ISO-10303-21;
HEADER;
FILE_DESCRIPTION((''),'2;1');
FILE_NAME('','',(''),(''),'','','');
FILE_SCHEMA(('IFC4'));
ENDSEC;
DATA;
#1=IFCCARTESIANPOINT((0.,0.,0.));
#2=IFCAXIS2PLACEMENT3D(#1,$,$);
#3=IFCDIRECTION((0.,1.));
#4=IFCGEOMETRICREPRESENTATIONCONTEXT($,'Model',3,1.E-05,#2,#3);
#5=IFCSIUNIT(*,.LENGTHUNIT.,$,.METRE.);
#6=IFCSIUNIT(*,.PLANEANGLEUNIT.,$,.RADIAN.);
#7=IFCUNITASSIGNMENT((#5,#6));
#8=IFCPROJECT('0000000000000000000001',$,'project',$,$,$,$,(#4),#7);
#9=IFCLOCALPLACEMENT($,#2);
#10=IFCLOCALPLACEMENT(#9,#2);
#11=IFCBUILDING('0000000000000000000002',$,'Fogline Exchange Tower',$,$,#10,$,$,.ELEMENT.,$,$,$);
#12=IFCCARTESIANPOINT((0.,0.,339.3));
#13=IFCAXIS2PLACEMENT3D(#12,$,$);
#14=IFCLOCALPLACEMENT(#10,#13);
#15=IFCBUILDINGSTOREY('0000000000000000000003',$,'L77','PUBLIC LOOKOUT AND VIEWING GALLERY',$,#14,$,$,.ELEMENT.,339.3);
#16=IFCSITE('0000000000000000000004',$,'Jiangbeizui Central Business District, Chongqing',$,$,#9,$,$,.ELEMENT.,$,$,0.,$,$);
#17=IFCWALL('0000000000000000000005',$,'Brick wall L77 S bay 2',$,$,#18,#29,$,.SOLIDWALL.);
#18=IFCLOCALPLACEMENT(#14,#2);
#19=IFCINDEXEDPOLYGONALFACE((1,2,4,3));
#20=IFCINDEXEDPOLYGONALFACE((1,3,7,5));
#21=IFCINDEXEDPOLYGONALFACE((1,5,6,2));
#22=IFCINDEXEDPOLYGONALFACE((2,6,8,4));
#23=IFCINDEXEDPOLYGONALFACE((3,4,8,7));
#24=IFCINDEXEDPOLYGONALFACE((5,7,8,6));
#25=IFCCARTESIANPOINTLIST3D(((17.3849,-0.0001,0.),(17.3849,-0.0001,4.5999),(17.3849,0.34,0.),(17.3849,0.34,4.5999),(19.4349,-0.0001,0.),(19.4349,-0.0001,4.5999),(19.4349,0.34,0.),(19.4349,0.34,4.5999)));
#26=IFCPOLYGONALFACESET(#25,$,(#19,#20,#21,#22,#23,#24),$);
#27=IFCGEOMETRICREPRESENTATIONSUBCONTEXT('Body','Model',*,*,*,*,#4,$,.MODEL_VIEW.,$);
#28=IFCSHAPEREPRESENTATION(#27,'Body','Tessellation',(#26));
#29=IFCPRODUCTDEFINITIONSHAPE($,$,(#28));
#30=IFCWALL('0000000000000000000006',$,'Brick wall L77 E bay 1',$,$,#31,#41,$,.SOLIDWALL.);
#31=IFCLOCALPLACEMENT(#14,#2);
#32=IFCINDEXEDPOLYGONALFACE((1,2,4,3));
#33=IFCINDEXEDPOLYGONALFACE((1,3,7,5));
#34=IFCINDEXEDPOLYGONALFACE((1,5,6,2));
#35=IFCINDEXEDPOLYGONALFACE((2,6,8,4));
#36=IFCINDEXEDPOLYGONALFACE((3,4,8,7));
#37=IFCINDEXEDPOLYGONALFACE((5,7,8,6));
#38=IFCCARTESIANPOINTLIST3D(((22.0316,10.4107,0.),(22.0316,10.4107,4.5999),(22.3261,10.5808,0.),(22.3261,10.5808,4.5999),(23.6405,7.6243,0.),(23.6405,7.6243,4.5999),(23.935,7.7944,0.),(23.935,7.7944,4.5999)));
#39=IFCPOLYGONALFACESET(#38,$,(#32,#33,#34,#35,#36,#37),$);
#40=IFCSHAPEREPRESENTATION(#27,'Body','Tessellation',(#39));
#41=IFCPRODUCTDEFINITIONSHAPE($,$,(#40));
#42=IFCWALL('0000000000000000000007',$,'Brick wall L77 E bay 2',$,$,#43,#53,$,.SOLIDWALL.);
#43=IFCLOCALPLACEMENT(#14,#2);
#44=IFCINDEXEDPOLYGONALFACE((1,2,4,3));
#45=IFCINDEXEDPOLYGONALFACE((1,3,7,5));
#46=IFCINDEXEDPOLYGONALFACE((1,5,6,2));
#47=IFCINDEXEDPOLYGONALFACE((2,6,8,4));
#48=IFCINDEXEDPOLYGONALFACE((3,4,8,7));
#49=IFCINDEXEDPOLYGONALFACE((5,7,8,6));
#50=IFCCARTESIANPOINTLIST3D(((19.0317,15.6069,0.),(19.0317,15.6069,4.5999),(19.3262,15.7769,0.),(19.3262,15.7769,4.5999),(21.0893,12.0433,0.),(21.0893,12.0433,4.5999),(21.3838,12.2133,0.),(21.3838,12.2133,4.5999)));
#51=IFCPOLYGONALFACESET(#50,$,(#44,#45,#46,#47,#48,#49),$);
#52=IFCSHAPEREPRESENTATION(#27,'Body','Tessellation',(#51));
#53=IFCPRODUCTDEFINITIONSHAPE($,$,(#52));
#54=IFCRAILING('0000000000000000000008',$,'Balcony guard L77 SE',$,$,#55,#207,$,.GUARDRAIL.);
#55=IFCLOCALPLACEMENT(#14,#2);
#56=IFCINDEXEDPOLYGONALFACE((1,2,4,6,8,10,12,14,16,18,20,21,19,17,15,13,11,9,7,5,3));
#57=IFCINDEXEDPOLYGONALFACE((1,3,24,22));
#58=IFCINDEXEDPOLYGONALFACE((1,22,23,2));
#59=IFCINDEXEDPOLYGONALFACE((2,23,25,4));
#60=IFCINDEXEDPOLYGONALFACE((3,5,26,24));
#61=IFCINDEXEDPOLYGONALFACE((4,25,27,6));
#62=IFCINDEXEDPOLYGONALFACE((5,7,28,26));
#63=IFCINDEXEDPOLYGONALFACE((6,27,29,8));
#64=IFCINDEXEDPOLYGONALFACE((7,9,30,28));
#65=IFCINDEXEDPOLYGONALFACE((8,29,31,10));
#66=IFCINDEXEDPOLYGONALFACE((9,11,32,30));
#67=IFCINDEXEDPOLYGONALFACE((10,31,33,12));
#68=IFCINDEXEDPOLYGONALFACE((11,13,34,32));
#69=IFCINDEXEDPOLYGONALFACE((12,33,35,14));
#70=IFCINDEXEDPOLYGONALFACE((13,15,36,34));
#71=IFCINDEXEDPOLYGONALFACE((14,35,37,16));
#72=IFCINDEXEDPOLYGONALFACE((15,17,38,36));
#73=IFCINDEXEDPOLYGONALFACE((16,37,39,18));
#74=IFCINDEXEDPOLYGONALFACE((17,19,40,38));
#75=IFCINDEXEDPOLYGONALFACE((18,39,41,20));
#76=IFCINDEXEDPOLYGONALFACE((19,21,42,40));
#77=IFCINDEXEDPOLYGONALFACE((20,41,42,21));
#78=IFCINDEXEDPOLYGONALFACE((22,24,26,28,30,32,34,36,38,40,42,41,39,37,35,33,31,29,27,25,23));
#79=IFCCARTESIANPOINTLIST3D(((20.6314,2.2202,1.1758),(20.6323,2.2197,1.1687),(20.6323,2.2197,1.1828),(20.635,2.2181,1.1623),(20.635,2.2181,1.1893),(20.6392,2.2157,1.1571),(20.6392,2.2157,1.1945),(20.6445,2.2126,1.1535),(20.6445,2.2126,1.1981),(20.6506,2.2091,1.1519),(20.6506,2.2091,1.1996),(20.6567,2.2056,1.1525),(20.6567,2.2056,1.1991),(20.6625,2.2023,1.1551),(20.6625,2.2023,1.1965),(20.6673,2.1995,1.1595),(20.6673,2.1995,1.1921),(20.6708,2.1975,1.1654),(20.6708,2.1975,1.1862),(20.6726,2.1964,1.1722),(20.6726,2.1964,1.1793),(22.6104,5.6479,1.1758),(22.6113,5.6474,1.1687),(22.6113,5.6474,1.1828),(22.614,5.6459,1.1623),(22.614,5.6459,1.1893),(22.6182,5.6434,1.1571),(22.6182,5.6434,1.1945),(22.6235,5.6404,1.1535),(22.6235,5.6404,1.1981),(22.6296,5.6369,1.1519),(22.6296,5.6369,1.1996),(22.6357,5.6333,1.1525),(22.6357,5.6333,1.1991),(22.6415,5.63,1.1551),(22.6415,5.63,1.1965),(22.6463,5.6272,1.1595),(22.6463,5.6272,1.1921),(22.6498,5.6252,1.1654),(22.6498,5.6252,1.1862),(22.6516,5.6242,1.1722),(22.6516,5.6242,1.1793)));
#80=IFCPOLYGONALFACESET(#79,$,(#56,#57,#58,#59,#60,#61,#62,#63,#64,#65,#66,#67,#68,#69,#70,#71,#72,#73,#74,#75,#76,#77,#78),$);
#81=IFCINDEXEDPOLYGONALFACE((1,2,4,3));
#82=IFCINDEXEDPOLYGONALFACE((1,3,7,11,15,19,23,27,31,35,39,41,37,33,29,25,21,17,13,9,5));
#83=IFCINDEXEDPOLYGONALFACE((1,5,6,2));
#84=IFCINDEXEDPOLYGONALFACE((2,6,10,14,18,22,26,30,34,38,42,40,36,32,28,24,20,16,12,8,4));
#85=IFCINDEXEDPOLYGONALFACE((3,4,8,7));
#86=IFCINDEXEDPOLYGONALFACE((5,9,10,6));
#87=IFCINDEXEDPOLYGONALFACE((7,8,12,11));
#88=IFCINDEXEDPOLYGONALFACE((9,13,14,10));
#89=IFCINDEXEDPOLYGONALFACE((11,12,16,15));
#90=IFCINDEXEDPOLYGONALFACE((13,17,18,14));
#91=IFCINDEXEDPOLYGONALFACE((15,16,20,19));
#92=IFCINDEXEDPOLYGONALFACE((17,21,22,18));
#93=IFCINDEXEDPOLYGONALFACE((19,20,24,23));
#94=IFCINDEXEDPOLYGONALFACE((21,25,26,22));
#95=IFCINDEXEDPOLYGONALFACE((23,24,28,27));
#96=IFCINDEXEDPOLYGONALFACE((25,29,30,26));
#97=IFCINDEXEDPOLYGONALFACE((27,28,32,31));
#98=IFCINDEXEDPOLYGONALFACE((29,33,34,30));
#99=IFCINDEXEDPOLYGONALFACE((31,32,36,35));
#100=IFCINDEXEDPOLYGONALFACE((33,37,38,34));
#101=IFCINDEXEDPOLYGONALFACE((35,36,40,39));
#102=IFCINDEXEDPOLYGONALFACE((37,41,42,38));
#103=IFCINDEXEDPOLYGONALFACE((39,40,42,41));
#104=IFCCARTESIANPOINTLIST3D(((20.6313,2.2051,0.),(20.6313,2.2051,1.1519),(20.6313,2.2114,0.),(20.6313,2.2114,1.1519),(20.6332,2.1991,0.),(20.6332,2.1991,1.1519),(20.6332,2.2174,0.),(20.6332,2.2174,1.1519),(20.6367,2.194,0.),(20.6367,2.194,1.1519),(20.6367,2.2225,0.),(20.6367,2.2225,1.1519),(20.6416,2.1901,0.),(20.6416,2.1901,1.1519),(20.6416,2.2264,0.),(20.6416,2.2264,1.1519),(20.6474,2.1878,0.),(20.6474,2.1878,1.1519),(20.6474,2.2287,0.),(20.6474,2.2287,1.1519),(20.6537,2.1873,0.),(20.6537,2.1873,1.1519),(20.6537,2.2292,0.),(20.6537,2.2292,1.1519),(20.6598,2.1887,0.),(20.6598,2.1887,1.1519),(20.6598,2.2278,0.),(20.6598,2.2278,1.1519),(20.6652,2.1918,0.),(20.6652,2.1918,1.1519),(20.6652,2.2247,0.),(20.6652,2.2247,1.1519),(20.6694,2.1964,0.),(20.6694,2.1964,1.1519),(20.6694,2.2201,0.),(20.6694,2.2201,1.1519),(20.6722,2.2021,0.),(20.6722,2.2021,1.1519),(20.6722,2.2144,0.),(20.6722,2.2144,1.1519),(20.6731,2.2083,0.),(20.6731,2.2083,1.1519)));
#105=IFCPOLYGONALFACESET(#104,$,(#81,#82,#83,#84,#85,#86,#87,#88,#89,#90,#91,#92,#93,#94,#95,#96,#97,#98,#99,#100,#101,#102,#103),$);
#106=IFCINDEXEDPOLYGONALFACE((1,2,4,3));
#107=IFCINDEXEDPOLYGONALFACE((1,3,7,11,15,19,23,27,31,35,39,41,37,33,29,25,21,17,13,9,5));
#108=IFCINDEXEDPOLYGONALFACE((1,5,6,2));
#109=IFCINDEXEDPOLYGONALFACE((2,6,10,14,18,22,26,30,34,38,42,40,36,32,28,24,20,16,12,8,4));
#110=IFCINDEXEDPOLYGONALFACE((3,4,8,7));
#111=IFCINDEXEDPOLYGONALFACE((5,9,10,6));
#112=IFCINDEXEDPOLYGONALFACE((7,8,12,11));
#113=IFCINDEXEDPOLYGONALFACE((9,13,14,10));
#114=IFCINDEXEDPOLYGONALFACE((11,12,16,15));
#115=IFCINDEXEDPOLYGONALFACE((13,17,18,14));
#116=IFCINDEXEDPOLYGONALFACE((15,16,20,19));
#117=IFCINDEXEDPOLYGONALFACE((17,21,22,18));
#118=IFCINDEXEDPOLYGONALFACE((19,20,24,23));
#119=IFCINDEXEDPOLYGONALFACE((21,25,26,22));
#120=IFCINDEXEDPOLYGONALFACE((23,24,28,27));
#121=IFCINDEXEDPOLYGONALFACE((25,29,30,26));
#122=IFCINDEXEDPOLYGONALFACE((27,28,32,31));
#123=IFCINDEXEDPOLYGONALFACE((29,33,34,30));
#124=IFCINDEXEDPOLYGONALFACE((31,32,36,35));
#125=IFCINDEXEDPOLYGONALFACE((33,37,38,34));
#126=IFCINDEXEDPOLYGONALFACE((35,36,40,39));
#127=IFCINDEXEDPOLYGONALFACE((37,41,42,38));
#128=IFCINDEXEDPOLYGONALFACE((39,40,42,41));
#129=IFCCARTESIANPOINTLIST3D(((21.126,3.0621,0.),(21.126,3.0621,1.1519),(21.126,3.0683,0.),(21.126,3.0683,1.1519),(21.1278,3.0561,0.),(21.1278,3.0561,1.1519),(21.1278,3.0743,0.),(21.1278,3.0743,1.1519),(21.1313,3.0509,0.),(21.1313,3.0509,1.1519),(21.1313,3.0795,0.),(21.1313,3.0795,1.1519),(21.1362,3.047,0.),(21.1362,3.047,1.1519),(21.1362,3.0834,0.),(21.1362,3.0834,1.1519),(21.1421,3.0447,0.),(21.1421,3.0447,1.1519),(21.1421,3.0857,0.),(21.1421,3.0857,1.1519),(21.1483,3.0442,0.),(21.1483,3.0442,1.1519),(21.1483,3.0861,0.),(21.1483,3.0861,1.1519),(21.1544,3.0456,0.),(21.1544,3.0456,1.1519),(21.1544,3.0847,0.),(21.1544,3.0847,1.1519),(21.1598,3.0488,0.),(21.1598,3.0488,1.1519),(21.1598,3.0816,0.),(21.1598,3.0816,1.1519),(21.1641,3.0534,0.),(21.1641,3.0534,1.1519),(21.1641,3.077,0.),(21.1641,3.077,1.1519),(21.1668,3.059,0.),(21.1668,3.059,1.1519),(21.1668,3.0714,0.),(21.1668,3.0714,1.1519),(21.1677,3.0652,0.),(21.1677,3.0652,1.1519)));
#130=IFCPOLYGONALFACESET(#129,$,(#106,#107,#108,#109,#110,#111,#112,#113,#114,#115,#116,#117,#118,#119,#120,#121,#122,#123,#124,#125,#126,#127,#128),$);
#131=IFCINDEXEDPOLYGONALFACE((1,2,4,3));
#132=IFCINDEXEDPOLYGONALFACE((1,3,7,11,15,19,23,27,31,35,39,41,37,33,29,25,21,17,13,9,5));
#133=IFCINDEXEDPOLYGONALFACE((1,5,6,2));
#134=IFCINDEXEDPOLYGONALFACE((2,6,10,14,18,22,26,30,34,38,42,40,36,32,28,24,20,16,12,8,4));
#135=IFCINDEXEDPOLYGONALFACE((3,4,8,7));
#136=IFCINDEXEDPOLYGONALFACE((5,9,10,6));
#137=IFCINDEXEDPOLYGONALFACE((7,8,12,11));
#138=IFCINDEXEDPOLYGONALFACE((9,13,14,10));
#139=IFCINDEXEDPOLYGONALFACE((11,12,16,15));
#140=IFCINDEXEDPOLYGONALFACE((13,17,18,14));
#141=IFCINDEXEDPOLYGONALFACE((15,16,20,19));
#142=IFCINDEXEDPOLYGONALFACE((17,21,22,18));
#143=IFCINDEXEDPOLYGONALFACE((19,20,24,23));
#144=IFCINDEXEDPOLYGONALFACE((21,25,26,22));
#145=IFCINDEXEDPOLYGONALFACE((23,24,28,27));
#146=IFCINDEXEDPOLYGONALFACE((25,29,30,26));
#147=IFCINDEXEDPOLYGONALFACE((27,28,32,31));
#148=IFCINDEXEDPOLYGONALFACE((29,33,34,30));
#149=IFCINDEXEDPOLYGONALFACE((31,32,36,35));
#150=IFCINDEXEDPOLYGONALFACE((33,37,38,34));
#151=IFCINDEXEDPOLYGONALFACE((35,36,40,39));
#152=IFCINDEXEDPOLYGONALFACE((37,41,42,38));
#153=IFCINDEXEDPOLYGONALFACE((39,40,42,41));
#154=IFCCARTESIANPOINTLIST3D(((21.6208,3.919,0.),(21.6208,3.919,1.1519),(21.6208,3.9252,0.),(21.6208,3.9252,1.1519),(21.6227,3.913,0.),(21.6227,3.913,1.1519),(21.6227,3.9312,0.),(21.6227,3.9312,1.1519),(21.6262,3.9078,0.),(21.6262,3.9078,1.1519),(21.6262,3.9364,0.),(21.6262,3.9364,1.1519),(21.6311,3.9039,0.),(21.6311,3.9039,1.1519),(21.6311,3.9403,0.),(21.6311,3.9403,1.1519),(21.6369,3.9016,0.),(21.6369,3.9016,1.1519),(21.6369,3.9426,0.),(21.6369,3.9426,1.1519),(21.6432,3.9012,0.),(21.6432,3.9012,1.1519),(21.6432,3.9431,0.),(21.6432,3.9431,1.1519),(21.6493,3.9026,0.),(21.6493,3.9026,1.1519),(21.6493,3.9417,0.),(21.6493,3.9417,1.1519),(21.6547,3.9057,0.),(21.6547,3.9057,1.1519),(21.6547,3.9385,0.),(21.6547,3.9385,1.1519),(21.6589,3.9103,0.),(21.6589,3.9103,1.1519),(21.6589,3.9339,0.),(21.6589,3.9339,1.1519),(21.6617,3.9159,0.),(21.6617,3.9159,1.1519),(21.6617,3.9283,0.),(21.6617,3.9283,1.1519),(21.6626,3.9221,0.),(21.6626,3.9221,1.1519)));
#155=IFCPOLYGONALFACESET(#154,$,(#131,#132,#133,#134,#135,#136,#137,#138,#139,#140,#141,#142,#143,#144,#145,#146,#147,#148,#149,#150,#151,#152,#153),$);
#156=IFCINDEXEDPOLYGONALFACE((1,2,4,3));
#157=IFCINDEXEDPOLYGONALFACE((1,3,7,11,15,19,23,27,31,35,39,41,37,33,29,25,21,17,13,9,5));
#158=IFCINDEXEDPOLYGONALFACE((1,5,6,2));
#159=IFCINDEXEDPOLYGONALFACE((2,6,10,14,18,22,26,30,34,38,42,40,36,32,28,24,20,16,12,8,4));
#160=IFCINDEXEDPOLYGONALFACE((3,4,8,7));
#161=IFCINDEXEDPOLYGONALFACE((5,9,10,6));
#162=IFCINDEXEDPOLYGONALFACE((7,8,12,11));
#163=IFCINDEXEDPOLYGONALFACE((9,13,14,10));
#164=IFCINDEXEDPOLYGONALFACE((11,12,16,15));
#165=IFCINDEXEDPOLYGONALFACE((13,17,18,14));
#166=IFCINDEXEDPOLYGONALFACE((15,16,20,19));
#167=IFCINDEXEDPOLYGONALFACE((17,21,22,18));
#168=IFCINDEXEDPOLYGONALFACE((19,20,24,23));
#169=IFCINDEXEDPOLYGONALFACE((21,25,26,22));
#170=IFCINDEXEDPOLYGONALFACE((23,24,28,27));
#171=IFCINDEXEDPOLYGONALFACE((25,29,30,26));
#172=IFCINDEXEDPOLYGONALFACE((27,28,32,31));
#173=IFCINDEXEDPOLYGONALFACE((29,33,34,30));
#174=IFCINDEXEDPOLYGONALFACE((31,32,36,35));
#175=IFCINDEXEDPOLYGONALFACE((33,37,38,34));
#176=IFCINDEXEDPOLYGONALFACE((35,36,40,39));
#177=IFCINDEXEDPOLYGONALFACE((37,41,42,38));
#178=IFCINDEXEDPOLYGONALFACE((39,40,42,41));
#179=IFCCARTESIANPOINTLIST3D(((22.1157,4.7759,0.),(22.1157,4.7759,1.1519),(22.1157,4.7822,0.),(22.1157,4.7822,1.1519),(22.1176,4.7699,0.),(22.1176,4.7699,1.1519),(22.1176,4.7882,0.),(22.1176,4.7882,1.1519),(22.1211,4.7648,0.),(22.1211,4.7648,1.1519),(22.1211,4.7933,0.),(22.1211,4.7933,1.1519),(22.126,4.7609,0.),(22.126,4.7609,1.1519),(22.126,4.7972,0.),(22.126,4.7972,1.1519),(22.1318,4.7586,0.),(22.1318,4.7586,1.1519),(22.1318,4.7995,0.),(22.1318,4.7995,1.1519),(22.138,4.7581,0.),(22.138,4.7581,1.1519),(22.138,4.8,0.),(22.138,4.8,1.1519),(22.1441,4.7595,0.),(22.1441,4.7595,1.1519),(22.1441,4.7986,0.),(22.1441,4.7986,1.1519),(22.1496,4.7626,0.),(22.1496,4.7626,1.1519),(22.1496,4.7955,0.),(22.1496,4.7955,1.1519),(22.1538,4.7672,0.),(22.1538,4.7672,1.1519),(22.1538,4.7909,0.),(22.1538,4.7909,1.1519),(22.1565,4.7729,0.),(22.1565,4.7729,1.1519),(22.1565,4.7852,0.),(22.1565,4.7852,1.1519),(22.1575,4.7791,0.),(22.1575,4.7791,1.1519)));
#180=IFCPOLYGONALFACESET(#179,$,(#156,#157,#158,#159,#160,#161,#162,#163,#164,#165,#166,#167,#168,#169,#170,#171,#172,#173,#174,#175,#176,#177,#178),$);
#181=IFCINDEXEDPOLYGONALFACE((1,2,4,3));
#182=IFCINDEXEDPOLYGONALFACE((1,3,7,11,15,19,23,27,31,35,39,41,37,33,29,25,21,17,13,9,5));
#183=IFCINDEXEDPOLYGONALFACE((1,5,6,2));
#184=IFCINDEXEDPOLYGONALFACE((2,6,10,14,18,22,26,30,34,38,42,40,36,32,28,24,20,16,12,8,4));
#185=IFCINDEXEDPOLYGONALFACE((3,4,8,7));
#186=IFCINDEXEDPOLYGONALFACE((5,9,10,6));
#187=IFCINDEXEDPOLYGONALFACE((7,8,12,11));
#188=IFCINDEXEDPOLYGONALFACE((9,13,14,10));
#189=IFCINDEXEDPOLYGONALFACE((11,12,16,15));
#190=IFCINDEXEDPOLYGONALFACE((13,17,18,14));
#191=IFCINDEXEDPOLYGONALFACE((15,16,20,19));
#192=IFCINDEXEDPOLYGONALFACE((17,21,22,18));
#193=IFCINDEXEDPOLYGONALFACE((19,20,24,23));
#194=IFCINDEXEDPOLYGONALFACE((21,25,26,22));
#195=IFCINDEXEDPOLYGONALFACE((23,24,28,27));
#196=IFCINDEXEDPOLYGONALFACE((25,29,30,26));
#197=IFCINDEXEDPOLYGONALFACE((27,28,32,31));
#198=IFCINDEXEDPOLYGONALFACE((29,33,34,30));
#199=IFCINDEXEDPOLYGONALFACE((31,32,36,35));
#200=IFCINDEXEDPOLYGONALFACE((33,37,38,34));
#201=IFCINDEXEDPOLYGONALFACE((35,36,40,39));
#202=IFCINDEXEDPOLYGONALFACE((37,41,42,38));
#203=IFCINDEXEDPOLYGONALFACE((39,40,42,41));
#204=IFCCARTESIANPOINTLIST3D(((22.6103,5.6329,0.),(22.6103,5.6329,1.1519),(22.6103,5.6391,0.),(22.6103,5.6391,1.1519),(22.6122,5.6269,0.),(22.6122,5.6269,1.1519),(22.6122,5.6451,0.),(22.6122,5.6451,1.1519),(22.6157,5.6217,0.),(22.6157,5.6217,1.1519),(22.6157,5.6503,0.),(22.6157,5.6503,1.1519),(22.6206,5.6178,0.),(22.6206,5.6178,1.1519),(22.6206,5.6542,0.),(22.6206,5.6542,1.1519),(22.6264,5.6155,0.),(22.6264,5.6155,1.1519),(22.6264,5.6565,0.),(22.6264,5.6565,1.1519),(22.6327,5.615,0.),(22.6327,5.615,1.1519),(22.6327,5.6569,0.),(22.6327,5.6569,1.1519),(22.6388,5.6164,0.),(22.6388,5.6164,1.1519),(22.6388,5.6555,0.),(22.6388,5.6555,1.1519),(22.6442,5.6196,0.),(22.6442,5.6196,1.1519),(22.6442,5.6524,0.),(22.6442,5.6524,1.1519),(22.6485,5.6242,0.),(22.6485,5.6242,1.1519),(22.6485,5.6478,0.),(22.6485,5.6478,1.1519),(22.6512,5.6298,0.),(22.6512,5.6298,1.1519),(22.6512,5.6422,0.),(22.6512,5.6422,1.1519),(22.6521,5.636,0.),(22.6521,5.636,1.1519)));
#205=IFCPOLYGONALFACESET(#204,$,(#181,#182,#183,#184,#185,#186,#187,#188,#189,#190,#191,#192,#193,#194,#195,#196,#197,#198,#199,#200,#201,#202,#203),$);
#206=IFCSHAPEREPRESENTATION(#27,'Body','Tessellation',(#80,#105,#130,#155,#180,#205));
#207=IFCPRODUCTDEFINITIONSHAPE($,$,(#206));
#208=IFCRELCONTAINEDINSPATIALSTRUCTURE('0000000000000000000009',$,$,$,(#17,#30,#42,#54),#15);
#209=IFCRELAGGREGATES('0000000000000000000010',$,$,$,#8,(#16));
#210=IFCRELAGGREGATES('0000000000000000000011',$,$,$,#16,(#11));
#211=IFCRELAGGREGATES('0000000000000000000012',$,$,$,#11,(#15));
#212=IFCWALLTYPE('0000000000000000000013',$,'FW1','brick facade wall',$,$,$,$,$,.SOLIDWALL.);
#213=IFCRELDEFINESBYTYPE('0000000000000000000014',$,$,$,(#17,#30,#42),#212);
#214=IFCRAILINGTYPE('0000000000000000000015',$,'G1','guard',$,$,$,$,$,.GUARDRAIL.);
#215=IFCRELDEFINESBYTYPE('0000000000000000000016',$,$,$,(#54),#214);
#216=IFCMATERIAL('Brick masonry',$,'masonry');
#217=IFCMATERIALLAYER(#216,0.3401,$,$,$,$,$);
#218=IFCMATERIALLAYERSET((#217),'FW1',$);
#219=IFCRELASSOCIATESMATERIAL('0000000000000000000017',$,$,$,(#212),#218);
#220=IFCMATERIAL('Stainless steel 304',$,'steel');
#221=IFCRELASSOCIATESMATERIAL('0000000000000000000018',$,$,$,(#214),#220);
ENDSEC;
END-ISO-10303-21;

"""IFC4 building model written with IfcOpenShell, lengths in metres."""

from ifc_helpers import new_model, si_unit, direction, frame, frame_2d, origin, origin_2d, place, context, subcontext, project, spatial, rectangle, circle, extrude, material, layer, layer_set, type_object, element, save


model = new_model("IFC4")

# Units and contexts
model_context = context("Model", 3, precision=1e-05, world=origin(), true_north=direction((0.0, 1.0)))
body_context = subcontext(model_context, "Body", "Model", "MODEL_VIEW")
ifc_project = project(units=[si_unit("LENGTHUNIT", "METRE"), si_unit("PLANEANGLEUNIT", "RADIAN")], contexts=[model_context])

# Site, building, storey
site_placement = place(None, origin())
site = spatial("IfcSite", under=ifc_project, at=site_placement, Name="Jiangbeizui Central Business District, Chongqing", CompositionType="ELEMENT", RefElevation=0.0)
building_placement = place(site_placement, origin())
building = spatial("IfcBuilding", under=site, at=building_placement, Name="Fogline Exchange Tower", CompositionType="ELEMENT")
storey_placement = place(building_placement, frame((0.0, 0.0, 339.3)))
storey = spatial("IfcBuildingStorey", under=building, at=storey_placement, Name="L77", Description="PUBLIC LOOKOUT AND VIEWING GALLERY", CompositionType="ELEMENT", Elevation=339.3)

# Wall
ifc_material_1 = material(Name="Brick masonry", Category="masonry")
ifc_layer_1 = layer(ifc_material_1, 0.3401)
ifc_layer_set_1 = layer_set([ifc_layer_1], Name="FW1")
wall_type = type_object("IfcWallType", Name="FW1", Description="brick facade wall", PredefinedType="SOLIDWALL", material=ifc_layer_set_1)
wall_1_placement = place(storey_placement, frame((17.385, 0.1699, 0.0), z_axis=(0.0, 0.0, 1.0), x_axis=(1.0, 0.0, 0.0)))
element("IfcWall", 1, at=wall_1_placement, inside=storey, type_object=wall_type, Name="Brick wall L77 S bay 2", PredefinedType="SOLIDWALL", context=body_context, shape_type="SweptSolid", body=[
    extrude(rectangle(XDim=2.05, YDim=0.3401, at=frame_2d((1.0249, 0.0))), origin(), (0.0, 0.0, 1.0), 4.5999),
])

# Walls
wall_2_placement = place(storey_placement, frame((23.7878, 7.7092, 0.0), z_axis=(0.0, 0.0, 1.0), x_axis=(-0.50004, 0.866002, 0.0)))
element("IfcWall", 2, at=wall_2_placement, inside=storey, type_object=wall_type, Name="Brick wall L77 E bay 1", PredefinedType="SOLIDWALL", context=body_context, shape_type="SweptSolid", body=[
    extrude(rectangle(XDim=3.2175, YDim=0.3401, at=frame_2d((1.6089, 0.0))), origin(), (0.0, 0.0, 1.0), 4.5999),
])
wall_3_placement = place(storey_placement, frame((21.2366, 12.1282, 0.0), z_axis=(0.0, 0.0, 1.0), x_axis=(-0.500019, 0.866015, 0.0)))
element("IfcWall", 3, at=wall_3_placement, inside=storey, type_object=wall_type, Name="Brick wall L77 E bay 2", PredefinedType="SOLIDWALL", context=body_context, shape_type="SweptSolid", body=[
    extrude(rectangle(XDim=4.115, YDim=0.3401, at=frame_2d((2.0576, 0.0))), origin(), (0.0, 0.0, 1.0), 4.5999),
])

# Railing
ifc_material_2 = material(Name="Stainless steel 304", Category="steel")
railing_type = type_object("IfcRailingType", Name="G1", Description="guard", PredefinedType="GUARDRAIL", material=ifc_material_2)
railing_placement = place(storey_placement, frame((20.6521, 2.2083, 0.0)))
element("IfcRailing", 4, at=railing_placement, inside=storey, type_object=railing_type, Name="Balcony guard L77 SE", PredefinedType="GUARDRAIL", context=body_context, shape_type="SweptSolid", body=[
    extrude(circle(Radius=0.0239, at=origin_2d()), frame((0.0, 0.0, 1.1758), z_axis=(0.5, 0.866025, 0.0), x_axis=(-0.866025, 0.5, 0.0)), (0.0, 0.0, 1.0), 3.958),
    extrude(circle(Radius=0.021, at=origin_2d()), origin(), (0.0, 0.0, 1.0), 1.1519),
    extrude(circle(Radius=0.021, at=origin_2d()), frame((0.4946, 0.8569, 0.0)), (0.0, 0.0, 1.0), 1.1519),
    extrude(circle(Radius=0.021, at=origin_2d()), frame((0.9895, 1.7139, 0.0)), (0.0, 0.0, 1.0), 1.1519),
    extrude(circle(Radius=0.021, at=origin_2d()), frame((1.4844, 2.5708, 0.0)), (0.0, 0.0, 1.0), 1.1519),
    extrude(circle(Radius=0.021, at=origin_2d()), frame((1.979, 3.4277, 0.0)), (0.0, 0.0, 1.0), 1.1519),
])

save(model, "model.ifc")
